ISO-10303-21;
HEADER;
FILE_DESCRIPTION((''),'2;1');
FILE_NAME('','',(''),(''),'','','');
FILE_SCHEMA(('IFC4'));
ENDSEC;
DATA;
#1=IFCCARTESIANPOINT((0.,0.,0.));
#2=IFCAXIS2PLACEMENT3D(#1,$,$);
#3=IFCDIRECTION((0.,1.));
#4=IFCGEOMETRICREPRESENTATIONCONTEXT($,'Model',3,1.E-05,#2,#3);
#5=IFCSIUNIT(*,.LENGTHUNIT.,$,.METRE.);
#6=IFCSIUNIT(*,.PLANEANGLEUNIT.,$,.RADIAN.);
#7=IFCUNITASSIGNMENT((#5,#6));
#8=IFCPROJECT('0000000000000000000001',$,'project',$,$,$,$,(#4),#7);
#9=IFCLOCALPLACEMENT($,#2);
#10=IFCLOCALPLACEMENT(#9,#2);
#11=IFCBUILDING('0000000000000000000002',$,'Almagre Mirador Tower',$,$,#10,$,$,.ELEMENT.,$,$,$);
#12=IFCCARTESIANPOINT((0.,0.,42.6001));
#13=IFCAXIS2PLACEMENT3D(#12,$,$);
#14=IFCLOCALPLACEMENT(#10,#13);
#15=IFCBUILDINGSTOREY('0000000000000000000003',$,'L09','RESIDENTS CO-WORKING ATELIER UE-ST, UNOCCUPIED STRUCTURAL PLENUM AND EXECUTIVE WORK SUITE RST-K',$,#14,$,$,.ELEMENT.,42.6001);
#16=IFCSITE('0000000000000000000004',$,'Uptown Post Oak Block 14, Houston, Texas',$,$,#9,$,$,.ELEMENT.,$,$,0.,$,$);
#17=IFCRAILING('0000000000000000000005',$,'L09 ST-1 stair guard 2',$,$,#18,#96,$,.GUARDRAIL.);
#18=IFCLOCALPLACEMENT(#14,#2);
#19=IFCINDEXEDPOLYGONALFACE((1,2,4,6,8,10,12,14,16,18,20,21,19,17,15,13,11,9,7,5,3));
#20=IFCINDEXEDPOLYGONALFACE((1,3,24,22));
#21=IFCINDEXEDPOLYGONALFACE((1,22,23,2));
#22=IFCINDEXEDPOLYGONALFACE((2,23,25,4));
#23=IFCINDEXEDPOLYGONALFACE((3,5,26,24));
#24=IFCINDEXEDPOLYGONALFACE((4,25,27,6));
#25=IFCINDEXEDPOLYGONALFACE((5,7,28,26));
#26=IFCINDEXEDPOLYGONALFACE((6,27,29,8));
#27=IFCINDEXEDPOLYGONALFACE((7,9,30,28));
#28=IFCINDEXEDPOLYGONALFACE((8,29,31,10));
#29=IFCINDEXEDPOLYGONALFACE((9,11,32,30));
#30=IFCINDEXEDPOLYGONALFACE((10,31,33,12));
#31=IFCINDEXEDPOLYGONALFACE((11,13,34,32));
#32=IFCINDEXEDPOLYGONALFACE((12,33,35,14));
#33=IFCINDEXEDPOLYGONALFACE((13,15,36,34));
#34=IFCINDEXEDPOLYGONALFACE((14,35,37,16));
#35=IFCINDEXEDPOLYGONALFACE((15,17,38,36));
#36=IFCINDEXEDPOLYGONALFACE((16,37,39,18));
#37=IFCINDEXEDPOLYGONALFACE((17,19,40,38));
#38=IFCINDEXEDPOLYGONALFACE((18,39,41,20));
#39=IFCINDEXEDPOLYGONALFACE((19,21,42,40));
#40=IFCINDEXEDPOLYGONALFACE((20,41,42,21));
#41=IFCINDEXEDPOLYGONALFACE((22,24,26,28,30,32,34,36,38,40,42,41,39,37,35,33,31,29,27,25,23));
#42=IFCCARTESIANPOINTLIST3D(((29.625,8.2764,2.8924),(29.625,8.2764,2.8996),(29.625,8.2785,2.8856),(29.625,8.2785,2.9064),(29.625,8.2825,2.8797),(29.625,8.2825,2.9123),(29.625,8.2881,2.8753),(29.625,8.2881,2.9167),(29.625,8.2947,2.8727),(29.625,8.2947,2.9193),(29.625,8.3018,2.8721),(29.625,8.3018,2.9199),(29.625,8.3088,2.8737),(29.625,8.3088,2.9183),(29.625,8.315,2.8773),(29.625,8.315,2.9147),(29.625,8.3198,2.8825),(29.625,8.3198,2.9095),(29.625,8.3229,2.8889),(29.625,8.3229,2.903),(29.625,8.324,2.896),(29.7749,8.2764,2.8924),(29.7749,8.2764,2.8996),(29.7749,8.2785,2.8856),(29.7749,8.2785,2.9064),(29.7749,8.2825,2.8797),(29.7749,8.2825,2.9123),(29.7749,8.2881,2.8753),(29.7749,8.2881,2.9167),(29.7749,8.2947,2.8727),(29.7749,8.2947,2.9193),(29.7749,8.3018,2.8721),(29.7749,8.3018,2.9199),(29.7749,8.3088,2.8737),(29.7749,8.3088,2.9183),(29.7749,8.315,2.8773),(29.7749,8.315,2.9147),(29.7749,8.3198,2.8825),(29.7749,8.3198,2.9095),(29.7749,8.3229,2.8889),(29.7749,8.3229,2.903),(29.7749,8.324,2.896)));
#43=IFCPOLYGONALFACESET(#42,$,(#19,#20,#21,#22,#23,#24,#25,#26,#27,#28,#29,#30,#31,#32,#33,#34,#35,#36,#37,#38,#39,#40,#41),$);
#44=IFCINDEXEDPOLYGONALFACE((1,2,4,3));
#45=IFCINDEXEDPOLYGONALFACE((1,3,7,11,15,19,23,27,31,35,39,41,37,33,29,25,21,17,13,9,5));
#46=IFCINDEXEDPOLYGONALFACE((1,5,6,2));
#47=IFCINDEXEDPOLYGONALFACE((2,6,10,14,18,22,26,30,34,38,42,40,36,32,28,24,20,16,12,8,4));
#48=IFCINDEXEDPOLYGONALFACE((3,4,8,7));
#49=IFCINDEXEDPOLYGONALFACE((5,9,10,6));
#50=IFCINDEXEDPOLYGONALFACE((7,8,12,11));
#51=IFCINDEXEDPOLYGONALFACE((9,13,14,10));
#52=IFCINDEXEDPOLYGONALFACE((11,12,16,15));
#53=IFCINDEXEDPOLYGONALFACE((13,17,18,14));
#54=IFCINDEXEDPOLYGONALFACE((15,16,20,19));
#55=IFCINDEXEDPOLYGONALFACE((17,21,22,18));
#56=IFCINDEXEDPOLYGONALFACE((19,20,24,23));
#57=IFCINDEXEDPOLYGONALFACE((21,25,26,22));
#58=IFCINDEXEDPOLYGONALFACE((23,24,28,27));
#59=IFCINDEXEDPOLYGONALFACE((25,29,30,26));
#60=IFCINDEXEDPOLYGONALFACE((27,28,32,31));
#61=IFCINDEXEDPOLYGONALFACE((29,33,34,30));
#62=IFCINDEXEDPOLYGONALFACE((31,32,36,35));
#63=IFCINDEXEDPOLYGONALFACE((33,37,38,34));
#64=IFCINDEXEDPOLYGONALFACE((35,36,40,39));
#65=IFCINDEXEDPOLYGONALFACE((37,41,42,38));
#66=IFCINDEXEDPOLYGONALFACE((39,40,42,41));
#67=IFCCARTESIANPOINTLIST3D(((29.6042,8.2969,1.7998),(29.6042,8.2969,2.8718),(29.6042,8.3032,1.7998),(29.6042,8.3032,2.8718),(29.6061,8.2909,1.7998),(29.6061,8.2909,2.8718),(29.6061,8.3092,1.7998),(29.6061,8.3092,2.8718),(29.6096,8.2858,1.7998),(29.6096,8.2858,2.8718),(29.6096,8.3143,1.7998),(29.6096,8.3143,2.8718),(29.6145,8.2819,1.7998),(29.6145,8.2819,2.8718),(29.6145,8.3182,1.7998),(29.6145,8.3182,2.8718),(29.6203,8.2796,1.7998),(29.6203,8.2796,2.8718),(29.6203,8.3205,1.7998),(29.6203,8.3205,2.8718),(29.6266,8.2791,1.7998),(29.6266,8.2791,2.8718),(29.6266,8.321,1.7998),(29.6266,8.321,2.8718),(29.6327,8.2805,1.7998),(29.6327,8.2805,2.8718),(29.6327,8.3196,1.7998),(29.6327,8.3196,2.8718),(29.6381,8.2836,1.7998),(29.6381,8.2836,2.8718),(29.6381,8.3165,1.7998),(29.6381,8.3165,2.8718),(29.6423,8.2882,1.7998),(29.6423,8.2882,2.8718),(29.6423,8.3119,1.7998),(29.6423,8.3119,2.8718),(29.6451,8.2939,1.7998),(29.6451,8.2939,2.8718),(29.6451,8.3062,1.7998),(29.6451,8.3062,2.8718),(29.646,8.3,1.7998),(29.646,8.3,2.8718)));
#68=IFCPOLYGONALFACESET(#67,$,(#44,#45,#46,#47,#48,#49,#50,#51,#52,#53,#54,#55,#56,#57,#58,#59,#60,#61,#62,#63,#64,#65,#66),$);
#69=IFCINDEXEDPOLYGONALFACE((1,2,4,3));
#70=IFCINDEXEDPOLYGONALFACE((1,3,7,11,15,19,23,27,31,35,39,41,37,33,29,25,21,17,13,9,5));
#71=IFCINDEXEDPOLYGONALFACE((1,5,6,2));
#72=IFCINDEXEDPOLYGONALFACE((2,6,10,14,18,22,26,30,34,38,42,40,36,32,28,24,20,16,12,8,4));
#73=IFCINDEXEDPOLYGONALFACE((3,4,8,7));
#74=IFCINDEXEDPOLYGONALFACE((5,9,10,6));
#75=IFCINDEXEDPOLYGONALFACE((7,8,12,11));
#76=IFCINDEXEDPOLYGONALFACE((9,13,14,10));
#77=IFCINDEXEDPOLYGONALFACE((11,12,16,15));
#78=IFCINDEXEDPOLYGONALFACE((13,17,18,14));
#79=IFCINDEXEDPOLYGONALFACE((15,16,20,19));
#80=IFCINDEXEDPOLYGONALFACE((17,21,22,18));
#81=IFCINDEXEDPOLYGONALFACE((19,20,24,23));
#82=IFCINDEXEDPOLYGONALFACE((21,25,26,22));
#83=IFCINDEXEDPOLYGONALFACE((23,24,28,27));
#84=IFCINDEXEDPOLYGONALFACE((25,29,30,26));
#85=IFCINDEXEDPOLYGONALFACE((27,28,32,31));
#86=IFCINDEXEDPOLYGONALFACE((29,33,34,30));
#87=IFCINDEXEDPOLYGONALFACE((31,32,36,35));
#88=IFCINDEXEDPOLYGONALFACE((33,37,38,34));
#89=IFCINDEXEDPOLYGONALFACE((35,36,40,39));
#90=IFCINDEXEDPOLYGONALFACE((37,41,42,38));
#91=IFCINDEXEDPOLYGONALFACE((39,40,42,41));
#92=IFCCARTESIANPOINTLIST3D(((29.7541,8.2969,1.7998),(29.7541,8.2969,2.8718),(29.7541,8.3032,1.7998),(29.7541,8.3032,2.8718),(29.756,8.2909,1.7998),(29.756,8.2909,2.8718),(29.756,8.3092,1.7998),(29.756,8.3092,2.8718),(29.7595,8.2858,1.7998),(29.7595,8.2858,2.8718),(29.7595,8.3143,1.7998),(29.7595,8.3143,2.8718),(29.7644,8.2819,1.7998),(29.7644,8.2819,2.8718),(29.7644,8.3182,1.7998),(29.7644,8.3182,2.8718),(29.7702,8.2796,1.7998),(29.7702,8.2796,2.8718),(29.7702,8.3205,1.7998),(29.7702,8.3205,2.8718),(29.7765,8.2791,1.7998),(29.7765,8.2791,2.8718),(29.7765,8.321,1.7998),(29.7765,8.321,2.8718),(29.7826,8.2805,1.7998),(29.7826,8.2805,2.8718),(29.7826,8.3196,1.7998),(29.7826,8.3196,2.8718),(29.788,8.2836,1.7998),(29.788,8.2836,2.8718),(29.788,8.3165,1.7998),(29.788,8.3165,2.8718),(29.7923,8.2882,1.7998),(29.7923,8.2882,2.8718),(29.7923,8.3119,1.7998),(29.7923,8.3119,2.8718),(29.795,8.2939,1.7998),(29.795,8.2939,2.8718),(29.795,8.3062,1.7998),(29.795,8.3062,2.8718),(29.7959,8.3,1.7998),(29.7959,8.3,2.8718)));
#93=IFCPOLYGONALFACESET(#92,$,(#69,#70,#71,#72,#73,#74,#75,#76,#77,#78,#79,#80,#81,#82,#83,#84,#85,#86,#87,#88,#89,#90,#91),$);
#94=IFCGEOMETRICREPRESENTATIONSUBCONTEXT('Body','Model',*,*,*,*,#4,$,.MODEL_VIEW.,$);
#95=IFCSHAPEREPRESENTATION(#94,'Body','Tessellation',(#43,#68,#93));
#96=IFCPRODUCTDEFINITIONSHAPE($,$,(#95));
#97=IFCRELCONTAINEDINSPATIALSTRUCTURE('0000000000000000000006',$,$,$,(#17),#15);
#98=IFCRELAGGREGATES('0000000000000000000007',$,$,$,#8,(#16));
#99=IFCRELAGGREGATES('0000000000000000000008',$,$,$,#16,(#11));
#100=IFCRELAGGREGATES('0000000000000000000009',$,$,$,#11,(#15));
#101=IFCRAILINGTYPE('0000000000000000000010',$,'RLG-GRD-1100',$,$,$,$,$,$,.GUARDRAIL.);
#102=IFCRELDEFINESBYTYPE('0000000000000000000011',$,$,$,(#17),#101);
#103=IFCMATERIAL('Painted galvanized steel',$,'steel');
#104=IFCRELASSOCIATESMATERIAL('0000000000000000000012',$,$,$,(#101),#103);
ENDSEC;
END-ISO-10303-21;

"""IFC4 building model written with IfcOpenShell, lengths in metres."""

from ifc_helpers import new_model, si_unit, direction, frame, origin, origin_2d, place, context, subcontext, project, spatial, circle, extrude, material, type_object, element, save


model = new_model("IFC4")

# Units and contexts
model_context = context("Model", 3, precision=1e-05, world=origin(), true_north=direction((0.0, 1.0)))
body_context = subcontext(model_context, "Body", "Model", "MODEL_VIEW")
ifc_project = project(units=[si_unit("LENGTHUNIT", "METRE"), si_unit("PLANEANGLEUNIT", "RADIAN")], contexts=[model_context])

# Site, building, storey
site_placement = place(None, origin())
site = spatial("IfcSite", under=ifc_project, at=site_placement, Name="Uptown Post Oak Block 14, Houston, Texas", CompositionType="ELEMENT", RefElevation=0.0)
building_placement = place(site_placement, origin())
building = spatial("IfcBuilding", under=site, at=building_placement, Name="Almagre Mirador Tower", CompositionType="ELEMENT")
storey_placement = place(building_placement, frame((0.0, 0.0, 42.6001)))
storey = spatial("IfcBuildingStorey", under=building, at=storey_placement, Name="L09", Description="RESIDENTS CO-WORKING ATELIER UE-ST, UNOCCUPIED STRUCTURAL PLENUM AND EXECUTIVE WORK SUITE RST-K", CompositionType="ELEMENT", Elevation=42.6001)

# Railing
ifc_material_1 = material(Name="Painted galvanized steel", Category="steel")
railing_type = type_object("IfcRailingType", Name="RLG-GRD-1100", PredefinedType="GUARDRAIL", material=ifc_material_1)
railing_placement = place(storey_placement, frame((29.625, 8.3, 1.7998)))
element("IfcRailing", 1, at=railing_placement, inside=storey, type_object=railing_type, Name="L09 ST-1 stair guard 2", PredefinedType="GUARDRAIL", context=body_context, shape_type="SweptSolid", body=[
    extrude(circle(Radius=0.0239, at=origin_2d()), frame((0.0, 0.0, 1.0962), z_axis=(1.0, 0.0, 0.0), x_axis=(0.0, 1.0, 0.0)), (0.0, 0.0, 1.0), 0.1499),
    extrude(circle(Radius=0.021, at=origin_2d()), origin(), (0.0, 0.0, 1.0), 1.072),
    extrude(circle(Radius=0.021, at=origin_2d()), frame((0.1499, 0.0, 0.0)), (0.0, 0.0, 1.0), 1.072),
])

save(model, "model.ifc")
